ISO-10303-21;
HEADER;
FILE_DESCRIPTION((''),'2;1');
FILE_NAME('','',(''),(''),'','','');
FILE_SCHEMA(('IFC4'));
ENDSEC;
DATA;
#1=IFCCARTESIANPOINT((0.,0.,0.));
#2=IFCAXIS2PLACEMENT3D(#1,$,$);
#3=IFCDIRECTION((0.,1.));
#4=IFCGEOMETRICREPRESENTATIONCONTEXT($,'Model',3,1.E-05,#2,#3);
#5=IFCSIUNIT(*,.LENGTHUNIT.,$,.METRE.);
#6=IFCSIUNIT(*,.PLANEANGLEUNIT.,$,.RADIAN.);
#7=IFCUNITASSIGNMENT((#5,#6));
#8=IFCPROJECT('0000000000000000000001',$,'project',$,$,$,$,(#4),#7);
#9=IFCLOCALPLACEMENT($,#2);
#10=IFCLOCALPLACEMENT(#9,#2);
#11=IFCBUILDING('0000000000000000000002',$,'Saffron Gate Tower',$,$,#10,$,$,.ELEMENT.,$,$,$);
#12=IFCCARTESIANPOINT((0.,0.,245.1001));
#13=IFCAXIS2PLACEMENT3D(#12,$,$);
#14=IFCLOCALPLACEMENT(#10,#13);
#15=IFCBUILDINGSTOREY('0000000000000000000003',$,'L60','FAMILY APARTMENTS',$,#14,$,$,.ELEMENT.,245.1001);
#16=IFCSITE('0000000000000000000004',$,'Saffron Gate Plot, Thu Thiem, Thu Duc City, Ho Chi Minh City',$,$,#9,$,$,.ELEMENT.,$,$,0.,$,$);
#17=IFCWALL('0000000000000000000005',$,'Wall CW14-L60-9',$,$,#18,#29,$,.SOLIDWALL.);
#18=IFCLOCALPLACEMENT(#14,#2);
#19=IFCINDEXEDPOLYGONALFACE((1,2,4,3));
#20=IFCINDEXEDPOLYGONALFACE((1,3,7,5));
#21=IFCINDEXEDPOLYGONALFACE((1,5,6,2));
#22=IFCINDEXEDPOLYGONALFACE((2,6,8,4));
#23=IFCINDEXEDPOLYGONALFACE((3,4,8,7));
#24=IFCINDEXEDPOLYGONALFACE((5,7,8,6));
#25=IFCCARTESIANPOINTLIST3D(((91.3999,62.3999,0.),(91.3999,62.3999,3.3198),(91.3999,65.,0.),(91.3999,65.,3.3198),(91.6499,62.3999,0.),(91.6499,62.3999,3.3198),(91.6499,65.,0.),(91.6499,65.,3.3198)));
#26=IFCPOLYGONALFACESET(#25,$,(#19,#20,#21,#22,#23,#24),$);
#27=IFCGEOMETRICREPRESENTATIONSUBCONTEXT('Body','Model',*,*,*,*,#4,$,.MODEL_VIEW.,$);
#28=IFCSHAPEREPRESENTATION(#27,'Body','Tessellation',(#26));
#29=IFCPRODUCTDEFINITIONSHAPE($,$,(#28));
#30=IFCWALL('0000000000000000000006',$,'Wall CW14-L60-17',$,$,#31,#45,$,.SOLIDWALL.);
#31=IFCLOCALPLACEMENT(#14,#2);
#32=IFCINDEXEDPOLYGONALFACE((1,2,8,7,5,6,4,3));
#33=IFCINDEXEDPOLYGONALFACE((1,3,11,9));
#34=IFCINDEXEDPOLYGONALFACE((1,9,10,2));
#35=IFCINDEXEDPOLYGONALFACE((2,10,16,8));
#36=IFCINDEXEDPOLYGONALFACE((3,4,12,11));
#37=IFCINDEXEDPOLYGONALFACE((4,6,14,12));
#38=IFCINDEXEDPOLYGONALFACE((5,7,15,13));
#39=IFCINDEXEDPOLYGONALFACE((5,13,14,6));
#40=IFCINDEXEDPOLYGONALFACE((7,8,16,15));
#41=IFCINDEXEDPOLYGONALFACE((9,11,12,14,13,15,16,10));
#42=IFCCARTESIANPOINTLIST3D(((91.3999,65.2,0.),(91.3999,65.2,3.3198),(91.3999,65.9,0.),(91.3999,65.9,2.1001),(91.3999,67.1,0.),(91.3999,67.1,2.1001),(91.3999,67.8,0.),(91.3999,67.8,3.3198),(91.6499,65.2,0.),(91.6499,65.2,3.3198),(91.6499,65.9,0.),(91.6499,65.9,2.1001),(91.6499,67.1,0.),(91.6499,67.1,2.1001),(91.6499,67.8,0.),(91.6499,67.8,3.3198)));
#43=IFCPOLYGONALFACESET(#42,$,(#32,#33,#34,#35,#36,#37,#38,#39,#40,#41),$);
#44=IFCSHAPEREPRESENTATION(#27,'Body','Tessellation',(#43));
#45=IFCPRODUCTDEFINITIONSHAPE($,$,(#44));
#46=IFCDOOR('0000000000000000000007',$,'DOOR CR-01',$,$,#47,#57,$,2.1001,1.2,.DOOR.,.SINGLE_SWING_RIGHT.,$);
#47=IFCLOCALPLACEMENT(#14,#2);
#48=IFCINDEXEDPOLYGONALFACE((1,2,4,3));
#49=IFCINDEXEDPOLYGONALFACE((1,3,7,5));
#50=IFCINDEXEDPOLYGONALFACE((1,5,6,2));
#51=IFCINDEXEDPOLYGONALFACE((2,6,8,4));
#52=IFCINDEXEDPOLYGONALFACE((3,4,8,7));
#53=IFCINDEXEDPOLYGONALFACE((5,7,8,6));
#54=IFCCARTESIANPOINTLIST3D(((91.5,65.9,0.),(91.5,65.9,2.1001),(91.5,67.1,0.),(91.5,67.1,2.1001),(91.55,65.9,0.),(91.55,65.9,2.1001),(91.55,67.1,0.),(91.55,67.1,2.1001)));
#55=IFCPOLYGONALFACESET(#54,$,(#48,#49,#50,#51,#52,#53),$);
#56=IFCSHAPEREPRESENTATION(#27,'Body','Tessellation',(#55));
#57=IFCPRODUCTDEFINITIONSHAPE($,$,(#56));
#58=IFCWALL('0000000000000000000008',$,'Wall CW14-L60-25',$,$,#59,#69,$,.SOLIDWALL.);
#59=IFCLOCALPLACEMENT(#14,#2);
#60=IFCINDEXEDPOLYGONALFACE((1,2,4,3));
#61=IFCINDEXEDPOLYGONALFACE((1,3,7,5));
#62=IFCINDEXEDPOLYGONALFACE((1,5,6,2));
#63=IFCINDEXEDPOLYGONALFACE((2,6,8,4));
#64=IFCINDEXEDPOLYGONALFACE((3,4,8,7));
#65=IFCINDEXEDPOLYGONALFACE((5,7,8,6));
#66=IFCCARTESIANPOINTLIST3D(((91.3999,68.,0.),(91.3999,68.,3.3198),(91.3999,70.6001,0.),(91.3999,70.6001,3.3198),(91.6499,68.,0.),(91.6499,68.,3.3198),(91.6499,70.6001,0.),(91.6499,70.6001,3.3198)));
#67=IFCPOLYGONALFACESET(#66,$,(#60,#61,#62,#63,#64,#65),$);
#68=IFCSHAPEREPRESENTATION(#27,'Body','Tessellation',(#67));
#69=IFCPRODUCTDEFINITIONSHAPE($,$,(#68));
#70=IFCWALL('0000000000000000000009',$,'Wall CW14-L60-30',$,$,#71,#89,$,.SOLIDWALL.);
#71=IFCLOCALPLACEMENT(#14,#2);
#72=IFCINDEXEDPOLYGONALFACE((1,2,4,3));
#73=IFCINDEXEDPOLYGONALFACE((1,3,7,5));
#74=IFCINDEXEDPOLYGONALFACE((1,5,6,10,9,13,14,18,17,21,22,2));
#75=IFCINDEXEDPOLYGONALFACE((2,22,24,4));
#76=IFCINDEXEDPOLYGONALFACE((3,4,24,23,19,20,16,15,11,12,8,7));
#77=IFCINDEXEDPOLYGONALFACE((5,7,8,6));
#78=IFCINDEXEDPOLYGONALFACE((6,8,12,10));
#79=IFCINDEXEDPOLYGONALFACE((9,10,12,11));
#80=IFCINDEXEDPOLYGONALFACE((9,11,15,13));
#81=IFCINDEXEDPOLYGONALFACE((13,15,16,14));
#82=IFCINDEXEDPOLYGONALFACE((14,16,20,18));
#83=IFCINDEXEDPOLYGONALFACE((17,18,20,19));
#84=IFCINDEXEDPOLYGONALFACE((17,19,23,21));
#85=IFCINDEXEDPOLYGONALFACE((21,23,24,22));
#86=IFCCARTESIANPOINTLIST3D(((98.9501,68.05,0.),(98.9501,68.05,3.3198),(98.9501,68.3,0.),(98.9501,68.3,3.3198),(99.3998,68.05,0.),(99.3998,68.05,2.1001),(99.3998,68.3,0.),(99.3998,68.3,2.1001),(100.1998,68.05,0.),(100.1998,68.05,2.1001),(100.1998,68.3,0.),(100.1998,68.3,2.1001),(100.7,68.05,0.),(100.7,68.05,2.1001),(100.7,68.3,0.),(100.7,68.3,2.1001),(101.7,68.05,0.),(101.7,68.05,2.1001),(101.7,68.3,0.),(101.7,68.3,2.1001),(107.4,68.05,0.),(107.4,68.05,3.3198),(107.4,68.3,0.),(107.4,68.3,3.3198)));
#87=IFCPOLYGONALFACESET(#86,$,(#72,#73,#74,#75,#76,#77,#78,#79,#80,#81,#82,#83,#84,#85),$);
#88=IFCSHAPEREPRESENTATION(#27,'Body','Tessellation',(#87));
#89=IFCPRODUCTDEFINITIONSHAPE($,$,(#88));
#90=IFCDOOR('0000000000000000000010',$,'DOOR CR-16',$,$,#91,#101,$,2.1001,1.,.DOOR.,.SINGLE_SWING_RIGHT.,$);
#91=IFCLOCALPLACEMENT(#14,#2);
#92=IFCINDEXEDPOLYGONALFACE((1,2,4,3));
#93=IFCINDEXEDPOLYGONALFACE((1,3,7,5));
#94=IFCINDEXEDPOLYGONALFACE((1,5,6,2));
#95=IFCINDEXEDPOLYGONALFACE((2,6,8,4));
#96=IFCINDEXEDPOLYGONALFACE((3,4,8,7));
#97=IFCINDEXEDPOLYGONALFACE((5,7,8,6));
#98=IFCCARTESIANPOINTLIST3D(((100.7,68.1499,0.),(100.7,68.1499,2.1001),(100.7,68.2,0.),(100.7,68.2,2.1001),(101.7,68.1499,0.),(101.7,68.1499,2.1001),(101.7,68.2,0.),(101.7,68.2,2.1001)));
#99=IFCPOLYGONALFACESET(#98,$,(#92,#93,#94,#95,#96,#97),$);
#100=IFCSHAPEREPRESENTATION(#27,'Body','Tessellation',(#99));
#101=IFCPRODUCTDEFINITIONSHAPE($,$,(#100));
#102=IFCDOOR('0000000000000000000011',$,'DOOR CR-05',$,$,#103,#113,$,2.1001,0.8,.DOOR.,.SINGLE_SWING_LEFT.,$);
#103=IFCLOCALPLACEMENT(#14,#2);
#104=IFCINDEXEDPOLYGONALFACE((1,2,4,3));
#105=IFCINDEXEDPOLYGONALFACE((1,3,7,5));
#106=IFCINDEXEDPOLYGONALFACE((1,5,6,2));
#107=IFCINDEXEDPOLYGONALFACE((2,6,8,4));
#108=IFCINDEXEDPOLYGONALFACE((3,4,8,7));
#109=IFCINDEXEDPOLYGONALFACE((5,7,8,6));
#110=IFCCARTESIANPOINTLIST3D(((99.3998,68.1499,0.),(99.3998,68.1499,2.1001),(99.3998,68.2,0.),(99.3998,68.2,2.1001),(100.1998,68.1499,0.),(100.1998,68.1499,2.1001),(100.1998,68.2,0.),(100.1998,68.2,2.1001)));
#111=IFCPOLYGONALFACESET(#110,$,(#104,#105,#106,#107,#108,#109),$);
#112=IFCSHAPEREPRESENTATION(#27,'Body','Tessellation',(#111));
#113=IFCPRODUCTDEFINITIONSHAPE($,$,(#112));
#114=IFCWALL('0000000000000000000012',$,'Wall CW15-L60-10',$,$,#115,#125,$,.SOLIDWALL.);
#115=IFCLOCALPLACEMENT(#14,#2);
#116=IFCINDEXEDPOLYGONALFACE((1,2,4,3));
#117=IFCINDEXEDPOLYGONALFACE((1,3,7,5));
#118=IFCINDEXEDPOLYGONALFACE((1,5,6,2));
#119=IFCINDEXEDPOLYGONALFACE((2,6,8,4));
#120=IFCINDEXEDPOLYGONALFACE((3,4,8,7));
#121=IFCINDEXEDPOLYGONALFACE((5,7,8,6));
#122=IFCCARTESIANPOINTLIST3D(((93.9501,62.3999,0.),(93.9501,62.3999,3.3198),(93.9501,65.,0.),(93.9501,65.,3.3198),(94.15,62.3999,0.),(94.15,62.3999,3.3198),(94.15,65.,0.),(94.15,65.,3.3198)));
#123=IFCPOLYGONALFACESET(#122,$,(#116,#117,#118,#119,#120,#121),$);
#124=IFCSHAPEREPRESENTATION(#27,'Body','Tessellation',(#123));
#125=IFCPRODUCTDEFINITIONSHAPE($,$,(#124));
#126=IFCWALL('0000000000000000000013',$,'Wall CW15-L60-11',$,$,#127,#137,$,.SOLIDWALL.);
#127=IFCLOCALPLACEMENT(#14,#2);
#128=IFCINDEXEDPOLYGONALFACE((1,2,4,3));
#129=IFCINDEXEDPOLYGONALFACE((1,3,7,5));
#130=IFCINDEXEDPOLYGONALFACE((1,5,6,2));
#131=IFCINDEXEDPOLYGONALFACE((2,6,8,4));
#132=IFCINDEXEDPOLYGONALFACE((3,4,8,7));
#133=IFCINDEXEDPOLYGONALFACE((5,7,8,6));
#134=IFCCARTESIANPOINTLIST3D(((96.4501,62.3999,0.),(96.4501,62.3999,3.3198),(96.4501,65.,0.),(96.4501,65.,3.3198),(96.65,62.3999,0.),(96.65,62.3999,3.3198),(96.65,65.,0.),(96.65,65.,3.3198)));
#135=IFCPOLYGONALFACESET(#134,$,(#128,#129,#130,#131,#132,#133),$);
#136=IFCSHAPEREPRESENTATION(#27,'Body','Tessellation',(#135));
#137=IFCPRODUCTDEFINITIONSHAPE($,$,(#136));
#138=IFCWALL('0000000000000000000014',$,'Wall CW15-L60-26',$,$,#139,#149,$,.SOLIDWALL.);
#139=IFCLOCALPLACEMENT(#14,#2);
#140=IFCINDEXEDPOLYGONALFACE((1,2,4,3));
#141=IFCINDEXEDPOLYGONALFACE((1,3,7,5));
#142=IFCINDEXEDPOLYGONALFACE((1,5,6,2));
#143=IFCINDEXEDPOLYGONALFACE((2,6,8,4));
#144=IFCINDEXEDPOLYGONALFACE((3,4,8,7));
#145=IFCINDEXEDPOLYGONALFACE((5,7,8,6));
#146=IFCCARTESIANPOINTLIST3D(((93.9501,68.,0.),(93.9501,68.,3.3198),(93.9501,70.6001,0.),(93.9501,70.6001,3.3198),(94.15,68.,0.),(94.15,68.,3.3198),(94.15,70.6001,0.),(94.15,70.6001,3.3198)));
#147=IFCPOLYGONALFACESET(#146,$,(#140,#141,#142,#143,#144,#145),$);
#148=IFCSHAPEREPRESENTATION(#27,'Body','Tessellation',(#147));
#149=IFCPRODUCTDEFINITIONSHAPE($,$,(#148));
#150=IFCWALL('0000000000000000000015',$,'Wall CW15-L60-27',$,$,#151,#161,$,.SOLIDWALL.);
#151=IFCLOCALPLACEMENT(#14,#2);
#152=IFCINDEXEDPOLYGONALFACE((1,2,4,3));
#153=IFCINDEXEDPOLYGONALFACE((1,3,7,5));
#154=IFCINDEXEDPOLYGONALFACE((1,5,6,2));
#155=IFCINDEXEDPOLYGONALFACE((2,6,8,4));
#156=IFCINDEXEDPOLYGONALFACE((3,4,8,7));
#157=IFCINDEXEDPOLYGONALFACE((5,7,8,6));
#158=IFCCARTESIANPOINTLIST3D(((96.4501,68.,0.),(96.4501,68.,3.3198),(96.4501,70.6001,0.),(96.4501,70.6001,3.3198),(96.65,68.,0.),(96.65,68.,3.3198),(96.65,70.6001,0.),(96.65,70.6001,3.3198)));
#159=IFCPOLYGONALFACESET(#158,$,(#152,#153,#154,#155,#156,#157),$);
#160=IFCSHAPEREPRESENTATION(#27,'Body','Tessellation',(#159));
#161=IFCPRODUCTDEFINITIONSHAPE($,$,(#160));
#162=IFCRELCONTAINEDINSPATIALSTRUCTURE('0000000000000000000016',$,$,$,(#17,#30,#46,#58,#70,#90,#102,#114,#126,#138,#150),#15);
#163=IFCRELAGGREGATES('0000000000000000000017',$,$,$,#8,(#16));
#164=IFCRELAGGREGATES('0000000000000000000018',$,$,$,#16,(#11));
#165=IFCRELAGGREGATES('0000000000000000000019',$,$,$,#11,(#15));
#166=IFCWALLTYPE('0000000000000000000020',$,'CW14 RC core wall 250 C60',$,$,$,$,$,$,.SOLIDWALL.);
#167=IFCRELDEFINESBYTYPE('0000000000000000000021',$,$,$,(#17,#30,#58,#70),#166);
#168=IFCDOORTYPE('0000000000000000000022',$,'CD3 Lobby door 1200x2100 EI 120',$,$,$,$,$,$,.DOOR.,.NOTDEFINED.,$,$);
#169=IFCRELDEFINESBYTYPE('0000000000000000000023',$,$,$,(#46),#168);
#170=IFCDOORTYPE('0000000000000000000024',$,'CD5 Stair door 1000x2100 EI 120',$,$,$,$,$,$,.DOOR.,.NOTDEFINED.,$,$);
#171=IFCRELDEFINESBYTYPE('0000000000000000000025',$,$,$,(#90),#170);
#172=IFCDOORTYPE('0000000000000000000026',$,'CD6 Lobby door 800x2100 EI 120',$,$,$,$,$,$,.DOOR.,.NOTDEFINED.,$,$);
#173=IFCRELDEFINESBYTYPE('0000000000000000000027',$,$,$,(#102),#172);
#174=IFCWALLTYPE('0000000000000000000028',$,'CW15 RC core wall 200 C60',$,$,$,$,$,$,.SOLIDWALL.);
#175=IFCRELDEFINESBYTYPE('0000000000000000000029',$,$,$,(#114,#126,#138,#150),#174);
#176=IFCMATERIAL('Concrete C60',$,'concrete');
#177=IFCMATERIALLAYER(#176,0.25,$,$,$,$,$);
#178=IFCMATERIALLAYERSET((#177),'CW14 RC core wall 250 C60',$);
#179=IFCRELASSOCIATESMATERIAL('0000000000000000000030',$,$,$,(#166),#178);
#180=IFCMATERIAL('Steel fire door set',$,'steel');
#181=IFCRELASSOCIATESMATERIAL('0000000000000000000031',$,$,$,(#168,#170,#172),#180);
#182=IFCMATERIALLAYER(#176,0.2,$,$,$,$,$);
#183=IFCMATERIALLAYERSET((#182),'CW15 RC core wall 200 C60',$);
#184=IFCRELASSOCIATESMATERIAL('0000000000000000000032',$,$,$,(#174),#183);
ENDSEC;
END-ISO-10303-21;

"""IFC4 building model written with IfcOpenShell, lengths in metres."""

from ifc_helpers import new_model, si_unit, direction, frame, frame_2d, origin, place, context, subcontext, project, spatial, rectangle, extrude, material, layer, layer_set, type_object, element, fill, save


model = new_model("IFC4")

# Units and contexts
model_context = context("Model", 3, precision=1e-05, world=origin(), true_north=direction((0.0, 1.0)))
body_context = subcontext(model_context, "Body", "Model", "MODEL_VIEW")
ifc_project = project(units=[si_unit("LENGTHUNIT", "METRE"), si_unit("PLANEANGLEUNIT", "RADIAN")], contexts=[model_context])

# Site, building, storey
site_placement = place(None, origin())
site = spatial("IfcSite", under=ifc_project, at=site_placement, Name="Saffron Gate Plot, Thu Thiem, Thu Duc City, Ho Chi Minh City", CompositionType="ELEMENT", RefElevation=0.0)
building_placement = place(site_placement, origin())
building = spatial("IfcBuilding", under=site, at=building_placement, Name="Saffron Gate Tower", CompositionType="ELEMENT")
storey_placement = place(building_placement, frame((0.0, 0.0, 245.1001)))
storey = spatial("IfcBuildingStorey", under=building, at=storey_placement, Name="L60", Description="FAMILY APARTMENTS", CompositionType="ELEMENT", Elevation=245.1001)

# Wall
ifc_material_1 = material(Name="Concrete C60", Category="concrete")
ifc_layer_1 = layer(ifc_material_1, 0.25)
ifc_layer_set_1 = layer_set([ifc_layer_1], Name="CW14 RC core wall 250 C60")
wall_type_1 = type_object("IfcWallType", Name="CW14 RC core wall 250 C60", PredefinedType="SOLIDWALL", material=ifc_layer_set_1)
wall_1_placement = place(storey_placement, frame((91.5249, 62.3999, 0.0), z_axis=(0.0, 0.0, 1.0), x_axis=(0.0, 1.0, 0.0)))
element("IfcWall", 1, at=wall_1_placement, inside=storey, type_object=wall_type_1, Name="Wall CW14-L60-9", PredefinedType="SOLIDWALL", context=body_context, shape_type="SweptSolid", body=[
    extrude(rectangle(XDim=2.6001, YDim=0.25, at=frame_2d((1.3, 0.0))), origin(), (0.0, 0.0, 1.0), 3.3198),
])

# Wall, opening, door
wall_2_placement = place(storey_placement, frame((91.5249, 65.2, 0.0), z_axis=(0.0, 0.0, 1.0), x_axis=(0.0, 1.0, 0.0)))
wall_2 = element("IfcWall", 2, at=wall_2_placement, inside=storey, type_object=wall_type_1, Name="Wall CW14-L60-17", PredefinedType="SOLIDWALL", context=body_context, shape_type="SweptSolid", body=[
    extrude(rectangle(XDim=2.6001, YDim=0.25, at=frame_2d((1.3, 0.0))), origin(), (0.0, 0.0, 1.0), 3.3198),
])
opening_1_placement = place(wall_2_placement, frame((0.7, 0.0, 0.0)))
opening_1 = element("IfcOpeningElement", 3, at=opening_1_placement, cuts=wall_2, PredefinedType="OPENING", context=body_context, shape_type="SweptSolid", body=[
    extrude(rectangle(XDim=1.2, YDim=2.1001, at=frame_2d((0.6001, 1.05))), frame((0.0, 0.135, 0.0), z_axis=(0.0, -1.0, 0.0), x_axis=(1.0, 0.0, 0.0)), (0.0, 0.0, 1.0), 0.27),
])
ifc_material_2 = material(Name="Steel fire door set", Category="steel")
door_type_1 = type_object("IfcDoorType", Name="CD3 Lobby door 1200x2100 EI 120", OperationType="NOTDEFINED", PredefinedType="DOOR", material=ifc_material_2)
door_1_placement = place(opening_1_placement, origin())
door_1 = element("IfcDoor", 4, at=door_1_placement, inside=storey, type_object=door_type_1, Name="DOOR CR-01", OperationType="SINGLE_SWING_RIGHT", OverallHeight=2.1001, OverallWidth=1.2, PredefinedType="DOOR", context=body_context, shape_type="SweptSolid", body=[
    extrude(rectangle(XDim=1.2, YDim=2.1001, at=frame_2d((0.6001, 1.05))), frame((0.0, 0.0249, 0.0), z_axis=(0.0, -1.0, 0.0), x_axis=(1.0, 0.0, 0.0)), (0.0, 0.0, 1.0), 0.05),
])
fill(opening_1, door_1)

# Wall
wall_3_placement = place(storey_placement, frame((91.5249, 68.0, 0.0), z_axis=(0.0, 0.0, 1.0), x_axis=(0.0, 1.0, 0.0)))
element("IfcWall", 5, at=wall_3_placement, inside=storey, type_object=wall_type_1, Name="Wall CW14-L60-25", PredefinedType="SOLIDWALL", context=body_context, shape_type="SweptSolid", body=[
    extrude(rectangle(XDim=2.6001, YDim=0.25, at=frame_2d((1.3, 0.0))), origin(), (0.0, 0.0, 1.0), 3.3198),
])

# Wall, openings, doors
wall_4_placement = place(storey_placement, frame((98.95, 68.175, 0.0), z_axis=(0.0, 0.0, 1.0), x_axis=(1.0, 0.0, 0.0)))
wall_4 = element("IfcWall", 6, at=wall_4_placement, inside=storey, type_object=wall_type_1, Name="Wall CW14-L60-30", PredefinedType="SOLIDWALL", context=body_context, shape_type="SweptSolid", body=[
    extrude(rectangle(XDim=8.45, YDim=0.25, at=frame_2d((4.2251, 0.0))), origin(), (0.0, 0.0, 1.0), 3.3198),
])
opening_2_placement = place(wall_4_placement, frame((0.45, 0.0, 0.0)))
opening_2 = element("IfcOpeningElement", 7, at=opening_2_placement, cuts=wall_4, PredefinedType="OPENING", context=body_context, shape_type="SweptSolid", body=[
    extrude(rectangle(XDim=0.8, YDim=2.1001, at=frame_2d((0.3999, 1.05))), frame((0.0, 0.135, 0.0), z_axis=(0.0, -1.0, 0.0), x_axis=(1.0, 0.0, 0.0)), (0.0, 0.0, 1.0), 0.27),
])
opening_3_placement = place(wall_4_placement, frame((1.75, 0.0, 0.0)))
opening_3 = element("IfcOpeningElement", 8, at=opening_3_placement, cuts=wall_4, PredefinedType="OPENING", context=body_context, shape_type="SweptSolid", body=[
    extrude(rectangle(XDim=1.0, YDim=2.1001, at=frame_2d((0.5, 1.05))), frame((0.0, 0.135, 0.0), z_axis=(0.0, -1.0, 0.0), x_axis=(1.0, 0.0, 0.0)), (0.0, 0.0, 1.0), 0.27),
])
door_type_2 = type_object("IfcDoorType", Name="CD5 Stair door 1000x2100 EI 120", OperationType="NOTDEFINED", PredefinedType="DOOR", material=ifc_material_2)
door_2_placement = place(opening_3_placement, origin())
door_2 = element("IfcDoor", 9, at=door_2_placement, inside=storey, type_object=door_type_2, Name="DOOR CR-16", OperationType="SINGLE_SWING_RIGHT", OverallHeight=2.1001, OverallWidth=1.0, PredefinedType="DOOR", context=body_context, shape_type="SweptSolid", body=[
    extrude(rectangle(XDim=1.0, YDim=2.1001, at=frame_2d((0.5, 1.05))), frame((0.0, 0.0249, 0.0), z_axis=(0.0, -1.0, 0.0), x_axis=(1.0, 0.0, 0.0)), (0.0, 0.0, 1.0), 0.05),
])
fill(opening_3, door_2)
door_type_3 = type_object("IfcDoorType", Name="CD6 Lobby door 800x2100 EI 120", OperationType="NOTDEFINED", PredefinedType="DOOR", material=ifc_material_2)
door_3_placement = place(opening_2_placement, origin())
door_3 = element("IfcDoor", 10, at=door_3_placement, inside=storey, type_object=door_type_3, Name="DOOR CR-05", OperationType="SINGLE_SWING_LEFT", OverallHeight=2.1001, OverallWidth=0.8, PredefinedType="DOOR", context=body_context, shape_type="SweptSolid", body=[
    extrude(rectangle(XDim=0.8, YDim=2.1001, at=frame_2d((0.3999, 1.05))), frame((0.0, 0.0249, 0.0), z_axis=(0.0, -1.0, 0.0), x_axis=(1.0, 0.0, 0.0)), (0.0, 0.0, 1.0), 0.05),
])
fill(opening_2, door_3)

# Walls
ifc_layer_2 = layer(ifc_material_1, 0.2)
ifc_layer_set_2 = layer_set([ifc_layer_2], Name="CW15 RC core wall 200 C60")
wall_type_2 = type_object("IfcWallType", Name="CW15 RC core wall 200 C60", PredefinedType="SOLIDWALL", material=ifc_layer_set_2)
for number, where, z_axis, x_axis, name in (
    (11, (94.05, 62.3999, 0.0), (0.0, 0.0, 1.0), (0.0, 1.0, 0.0), "Wall CW15-L60-10"),
    (12, (96.55, 62.3999, 0.0), (0.0, 0.0, 1.0), (0.0, 1.0, 0.0), "Wall CW15-L60-11"),
    (13, (94.05, 68.0, 0.0), (0.0, 0.0, 1.0), (0.0, 1.0, 0.0), "Wall CW15-L60-26"),
    (14, (96.55, 68.0, 0.0), (0.0, 0.0, 1.0), (0.0, 1.0, 0.0), "Wall CW15-L60-27"),
):
    element("IfcWall", number, at=place(storey_placement, frame(where, z_axis=z_axis, x_axis=x_axis)), inside=storey, type_object=wall_type_2, Name=name, PredefinedType="SOLIDWALL", context=body_context, shape_type="SweptSolid", body=[
        extrude(rectangle(XDim=2.6001, YDim=0.2, at=frame_2d((1.3, 0.0))), origin(), (0.0, 0.0, 1.0), 3.3198),
    ])

save(model, "model.ifc")
